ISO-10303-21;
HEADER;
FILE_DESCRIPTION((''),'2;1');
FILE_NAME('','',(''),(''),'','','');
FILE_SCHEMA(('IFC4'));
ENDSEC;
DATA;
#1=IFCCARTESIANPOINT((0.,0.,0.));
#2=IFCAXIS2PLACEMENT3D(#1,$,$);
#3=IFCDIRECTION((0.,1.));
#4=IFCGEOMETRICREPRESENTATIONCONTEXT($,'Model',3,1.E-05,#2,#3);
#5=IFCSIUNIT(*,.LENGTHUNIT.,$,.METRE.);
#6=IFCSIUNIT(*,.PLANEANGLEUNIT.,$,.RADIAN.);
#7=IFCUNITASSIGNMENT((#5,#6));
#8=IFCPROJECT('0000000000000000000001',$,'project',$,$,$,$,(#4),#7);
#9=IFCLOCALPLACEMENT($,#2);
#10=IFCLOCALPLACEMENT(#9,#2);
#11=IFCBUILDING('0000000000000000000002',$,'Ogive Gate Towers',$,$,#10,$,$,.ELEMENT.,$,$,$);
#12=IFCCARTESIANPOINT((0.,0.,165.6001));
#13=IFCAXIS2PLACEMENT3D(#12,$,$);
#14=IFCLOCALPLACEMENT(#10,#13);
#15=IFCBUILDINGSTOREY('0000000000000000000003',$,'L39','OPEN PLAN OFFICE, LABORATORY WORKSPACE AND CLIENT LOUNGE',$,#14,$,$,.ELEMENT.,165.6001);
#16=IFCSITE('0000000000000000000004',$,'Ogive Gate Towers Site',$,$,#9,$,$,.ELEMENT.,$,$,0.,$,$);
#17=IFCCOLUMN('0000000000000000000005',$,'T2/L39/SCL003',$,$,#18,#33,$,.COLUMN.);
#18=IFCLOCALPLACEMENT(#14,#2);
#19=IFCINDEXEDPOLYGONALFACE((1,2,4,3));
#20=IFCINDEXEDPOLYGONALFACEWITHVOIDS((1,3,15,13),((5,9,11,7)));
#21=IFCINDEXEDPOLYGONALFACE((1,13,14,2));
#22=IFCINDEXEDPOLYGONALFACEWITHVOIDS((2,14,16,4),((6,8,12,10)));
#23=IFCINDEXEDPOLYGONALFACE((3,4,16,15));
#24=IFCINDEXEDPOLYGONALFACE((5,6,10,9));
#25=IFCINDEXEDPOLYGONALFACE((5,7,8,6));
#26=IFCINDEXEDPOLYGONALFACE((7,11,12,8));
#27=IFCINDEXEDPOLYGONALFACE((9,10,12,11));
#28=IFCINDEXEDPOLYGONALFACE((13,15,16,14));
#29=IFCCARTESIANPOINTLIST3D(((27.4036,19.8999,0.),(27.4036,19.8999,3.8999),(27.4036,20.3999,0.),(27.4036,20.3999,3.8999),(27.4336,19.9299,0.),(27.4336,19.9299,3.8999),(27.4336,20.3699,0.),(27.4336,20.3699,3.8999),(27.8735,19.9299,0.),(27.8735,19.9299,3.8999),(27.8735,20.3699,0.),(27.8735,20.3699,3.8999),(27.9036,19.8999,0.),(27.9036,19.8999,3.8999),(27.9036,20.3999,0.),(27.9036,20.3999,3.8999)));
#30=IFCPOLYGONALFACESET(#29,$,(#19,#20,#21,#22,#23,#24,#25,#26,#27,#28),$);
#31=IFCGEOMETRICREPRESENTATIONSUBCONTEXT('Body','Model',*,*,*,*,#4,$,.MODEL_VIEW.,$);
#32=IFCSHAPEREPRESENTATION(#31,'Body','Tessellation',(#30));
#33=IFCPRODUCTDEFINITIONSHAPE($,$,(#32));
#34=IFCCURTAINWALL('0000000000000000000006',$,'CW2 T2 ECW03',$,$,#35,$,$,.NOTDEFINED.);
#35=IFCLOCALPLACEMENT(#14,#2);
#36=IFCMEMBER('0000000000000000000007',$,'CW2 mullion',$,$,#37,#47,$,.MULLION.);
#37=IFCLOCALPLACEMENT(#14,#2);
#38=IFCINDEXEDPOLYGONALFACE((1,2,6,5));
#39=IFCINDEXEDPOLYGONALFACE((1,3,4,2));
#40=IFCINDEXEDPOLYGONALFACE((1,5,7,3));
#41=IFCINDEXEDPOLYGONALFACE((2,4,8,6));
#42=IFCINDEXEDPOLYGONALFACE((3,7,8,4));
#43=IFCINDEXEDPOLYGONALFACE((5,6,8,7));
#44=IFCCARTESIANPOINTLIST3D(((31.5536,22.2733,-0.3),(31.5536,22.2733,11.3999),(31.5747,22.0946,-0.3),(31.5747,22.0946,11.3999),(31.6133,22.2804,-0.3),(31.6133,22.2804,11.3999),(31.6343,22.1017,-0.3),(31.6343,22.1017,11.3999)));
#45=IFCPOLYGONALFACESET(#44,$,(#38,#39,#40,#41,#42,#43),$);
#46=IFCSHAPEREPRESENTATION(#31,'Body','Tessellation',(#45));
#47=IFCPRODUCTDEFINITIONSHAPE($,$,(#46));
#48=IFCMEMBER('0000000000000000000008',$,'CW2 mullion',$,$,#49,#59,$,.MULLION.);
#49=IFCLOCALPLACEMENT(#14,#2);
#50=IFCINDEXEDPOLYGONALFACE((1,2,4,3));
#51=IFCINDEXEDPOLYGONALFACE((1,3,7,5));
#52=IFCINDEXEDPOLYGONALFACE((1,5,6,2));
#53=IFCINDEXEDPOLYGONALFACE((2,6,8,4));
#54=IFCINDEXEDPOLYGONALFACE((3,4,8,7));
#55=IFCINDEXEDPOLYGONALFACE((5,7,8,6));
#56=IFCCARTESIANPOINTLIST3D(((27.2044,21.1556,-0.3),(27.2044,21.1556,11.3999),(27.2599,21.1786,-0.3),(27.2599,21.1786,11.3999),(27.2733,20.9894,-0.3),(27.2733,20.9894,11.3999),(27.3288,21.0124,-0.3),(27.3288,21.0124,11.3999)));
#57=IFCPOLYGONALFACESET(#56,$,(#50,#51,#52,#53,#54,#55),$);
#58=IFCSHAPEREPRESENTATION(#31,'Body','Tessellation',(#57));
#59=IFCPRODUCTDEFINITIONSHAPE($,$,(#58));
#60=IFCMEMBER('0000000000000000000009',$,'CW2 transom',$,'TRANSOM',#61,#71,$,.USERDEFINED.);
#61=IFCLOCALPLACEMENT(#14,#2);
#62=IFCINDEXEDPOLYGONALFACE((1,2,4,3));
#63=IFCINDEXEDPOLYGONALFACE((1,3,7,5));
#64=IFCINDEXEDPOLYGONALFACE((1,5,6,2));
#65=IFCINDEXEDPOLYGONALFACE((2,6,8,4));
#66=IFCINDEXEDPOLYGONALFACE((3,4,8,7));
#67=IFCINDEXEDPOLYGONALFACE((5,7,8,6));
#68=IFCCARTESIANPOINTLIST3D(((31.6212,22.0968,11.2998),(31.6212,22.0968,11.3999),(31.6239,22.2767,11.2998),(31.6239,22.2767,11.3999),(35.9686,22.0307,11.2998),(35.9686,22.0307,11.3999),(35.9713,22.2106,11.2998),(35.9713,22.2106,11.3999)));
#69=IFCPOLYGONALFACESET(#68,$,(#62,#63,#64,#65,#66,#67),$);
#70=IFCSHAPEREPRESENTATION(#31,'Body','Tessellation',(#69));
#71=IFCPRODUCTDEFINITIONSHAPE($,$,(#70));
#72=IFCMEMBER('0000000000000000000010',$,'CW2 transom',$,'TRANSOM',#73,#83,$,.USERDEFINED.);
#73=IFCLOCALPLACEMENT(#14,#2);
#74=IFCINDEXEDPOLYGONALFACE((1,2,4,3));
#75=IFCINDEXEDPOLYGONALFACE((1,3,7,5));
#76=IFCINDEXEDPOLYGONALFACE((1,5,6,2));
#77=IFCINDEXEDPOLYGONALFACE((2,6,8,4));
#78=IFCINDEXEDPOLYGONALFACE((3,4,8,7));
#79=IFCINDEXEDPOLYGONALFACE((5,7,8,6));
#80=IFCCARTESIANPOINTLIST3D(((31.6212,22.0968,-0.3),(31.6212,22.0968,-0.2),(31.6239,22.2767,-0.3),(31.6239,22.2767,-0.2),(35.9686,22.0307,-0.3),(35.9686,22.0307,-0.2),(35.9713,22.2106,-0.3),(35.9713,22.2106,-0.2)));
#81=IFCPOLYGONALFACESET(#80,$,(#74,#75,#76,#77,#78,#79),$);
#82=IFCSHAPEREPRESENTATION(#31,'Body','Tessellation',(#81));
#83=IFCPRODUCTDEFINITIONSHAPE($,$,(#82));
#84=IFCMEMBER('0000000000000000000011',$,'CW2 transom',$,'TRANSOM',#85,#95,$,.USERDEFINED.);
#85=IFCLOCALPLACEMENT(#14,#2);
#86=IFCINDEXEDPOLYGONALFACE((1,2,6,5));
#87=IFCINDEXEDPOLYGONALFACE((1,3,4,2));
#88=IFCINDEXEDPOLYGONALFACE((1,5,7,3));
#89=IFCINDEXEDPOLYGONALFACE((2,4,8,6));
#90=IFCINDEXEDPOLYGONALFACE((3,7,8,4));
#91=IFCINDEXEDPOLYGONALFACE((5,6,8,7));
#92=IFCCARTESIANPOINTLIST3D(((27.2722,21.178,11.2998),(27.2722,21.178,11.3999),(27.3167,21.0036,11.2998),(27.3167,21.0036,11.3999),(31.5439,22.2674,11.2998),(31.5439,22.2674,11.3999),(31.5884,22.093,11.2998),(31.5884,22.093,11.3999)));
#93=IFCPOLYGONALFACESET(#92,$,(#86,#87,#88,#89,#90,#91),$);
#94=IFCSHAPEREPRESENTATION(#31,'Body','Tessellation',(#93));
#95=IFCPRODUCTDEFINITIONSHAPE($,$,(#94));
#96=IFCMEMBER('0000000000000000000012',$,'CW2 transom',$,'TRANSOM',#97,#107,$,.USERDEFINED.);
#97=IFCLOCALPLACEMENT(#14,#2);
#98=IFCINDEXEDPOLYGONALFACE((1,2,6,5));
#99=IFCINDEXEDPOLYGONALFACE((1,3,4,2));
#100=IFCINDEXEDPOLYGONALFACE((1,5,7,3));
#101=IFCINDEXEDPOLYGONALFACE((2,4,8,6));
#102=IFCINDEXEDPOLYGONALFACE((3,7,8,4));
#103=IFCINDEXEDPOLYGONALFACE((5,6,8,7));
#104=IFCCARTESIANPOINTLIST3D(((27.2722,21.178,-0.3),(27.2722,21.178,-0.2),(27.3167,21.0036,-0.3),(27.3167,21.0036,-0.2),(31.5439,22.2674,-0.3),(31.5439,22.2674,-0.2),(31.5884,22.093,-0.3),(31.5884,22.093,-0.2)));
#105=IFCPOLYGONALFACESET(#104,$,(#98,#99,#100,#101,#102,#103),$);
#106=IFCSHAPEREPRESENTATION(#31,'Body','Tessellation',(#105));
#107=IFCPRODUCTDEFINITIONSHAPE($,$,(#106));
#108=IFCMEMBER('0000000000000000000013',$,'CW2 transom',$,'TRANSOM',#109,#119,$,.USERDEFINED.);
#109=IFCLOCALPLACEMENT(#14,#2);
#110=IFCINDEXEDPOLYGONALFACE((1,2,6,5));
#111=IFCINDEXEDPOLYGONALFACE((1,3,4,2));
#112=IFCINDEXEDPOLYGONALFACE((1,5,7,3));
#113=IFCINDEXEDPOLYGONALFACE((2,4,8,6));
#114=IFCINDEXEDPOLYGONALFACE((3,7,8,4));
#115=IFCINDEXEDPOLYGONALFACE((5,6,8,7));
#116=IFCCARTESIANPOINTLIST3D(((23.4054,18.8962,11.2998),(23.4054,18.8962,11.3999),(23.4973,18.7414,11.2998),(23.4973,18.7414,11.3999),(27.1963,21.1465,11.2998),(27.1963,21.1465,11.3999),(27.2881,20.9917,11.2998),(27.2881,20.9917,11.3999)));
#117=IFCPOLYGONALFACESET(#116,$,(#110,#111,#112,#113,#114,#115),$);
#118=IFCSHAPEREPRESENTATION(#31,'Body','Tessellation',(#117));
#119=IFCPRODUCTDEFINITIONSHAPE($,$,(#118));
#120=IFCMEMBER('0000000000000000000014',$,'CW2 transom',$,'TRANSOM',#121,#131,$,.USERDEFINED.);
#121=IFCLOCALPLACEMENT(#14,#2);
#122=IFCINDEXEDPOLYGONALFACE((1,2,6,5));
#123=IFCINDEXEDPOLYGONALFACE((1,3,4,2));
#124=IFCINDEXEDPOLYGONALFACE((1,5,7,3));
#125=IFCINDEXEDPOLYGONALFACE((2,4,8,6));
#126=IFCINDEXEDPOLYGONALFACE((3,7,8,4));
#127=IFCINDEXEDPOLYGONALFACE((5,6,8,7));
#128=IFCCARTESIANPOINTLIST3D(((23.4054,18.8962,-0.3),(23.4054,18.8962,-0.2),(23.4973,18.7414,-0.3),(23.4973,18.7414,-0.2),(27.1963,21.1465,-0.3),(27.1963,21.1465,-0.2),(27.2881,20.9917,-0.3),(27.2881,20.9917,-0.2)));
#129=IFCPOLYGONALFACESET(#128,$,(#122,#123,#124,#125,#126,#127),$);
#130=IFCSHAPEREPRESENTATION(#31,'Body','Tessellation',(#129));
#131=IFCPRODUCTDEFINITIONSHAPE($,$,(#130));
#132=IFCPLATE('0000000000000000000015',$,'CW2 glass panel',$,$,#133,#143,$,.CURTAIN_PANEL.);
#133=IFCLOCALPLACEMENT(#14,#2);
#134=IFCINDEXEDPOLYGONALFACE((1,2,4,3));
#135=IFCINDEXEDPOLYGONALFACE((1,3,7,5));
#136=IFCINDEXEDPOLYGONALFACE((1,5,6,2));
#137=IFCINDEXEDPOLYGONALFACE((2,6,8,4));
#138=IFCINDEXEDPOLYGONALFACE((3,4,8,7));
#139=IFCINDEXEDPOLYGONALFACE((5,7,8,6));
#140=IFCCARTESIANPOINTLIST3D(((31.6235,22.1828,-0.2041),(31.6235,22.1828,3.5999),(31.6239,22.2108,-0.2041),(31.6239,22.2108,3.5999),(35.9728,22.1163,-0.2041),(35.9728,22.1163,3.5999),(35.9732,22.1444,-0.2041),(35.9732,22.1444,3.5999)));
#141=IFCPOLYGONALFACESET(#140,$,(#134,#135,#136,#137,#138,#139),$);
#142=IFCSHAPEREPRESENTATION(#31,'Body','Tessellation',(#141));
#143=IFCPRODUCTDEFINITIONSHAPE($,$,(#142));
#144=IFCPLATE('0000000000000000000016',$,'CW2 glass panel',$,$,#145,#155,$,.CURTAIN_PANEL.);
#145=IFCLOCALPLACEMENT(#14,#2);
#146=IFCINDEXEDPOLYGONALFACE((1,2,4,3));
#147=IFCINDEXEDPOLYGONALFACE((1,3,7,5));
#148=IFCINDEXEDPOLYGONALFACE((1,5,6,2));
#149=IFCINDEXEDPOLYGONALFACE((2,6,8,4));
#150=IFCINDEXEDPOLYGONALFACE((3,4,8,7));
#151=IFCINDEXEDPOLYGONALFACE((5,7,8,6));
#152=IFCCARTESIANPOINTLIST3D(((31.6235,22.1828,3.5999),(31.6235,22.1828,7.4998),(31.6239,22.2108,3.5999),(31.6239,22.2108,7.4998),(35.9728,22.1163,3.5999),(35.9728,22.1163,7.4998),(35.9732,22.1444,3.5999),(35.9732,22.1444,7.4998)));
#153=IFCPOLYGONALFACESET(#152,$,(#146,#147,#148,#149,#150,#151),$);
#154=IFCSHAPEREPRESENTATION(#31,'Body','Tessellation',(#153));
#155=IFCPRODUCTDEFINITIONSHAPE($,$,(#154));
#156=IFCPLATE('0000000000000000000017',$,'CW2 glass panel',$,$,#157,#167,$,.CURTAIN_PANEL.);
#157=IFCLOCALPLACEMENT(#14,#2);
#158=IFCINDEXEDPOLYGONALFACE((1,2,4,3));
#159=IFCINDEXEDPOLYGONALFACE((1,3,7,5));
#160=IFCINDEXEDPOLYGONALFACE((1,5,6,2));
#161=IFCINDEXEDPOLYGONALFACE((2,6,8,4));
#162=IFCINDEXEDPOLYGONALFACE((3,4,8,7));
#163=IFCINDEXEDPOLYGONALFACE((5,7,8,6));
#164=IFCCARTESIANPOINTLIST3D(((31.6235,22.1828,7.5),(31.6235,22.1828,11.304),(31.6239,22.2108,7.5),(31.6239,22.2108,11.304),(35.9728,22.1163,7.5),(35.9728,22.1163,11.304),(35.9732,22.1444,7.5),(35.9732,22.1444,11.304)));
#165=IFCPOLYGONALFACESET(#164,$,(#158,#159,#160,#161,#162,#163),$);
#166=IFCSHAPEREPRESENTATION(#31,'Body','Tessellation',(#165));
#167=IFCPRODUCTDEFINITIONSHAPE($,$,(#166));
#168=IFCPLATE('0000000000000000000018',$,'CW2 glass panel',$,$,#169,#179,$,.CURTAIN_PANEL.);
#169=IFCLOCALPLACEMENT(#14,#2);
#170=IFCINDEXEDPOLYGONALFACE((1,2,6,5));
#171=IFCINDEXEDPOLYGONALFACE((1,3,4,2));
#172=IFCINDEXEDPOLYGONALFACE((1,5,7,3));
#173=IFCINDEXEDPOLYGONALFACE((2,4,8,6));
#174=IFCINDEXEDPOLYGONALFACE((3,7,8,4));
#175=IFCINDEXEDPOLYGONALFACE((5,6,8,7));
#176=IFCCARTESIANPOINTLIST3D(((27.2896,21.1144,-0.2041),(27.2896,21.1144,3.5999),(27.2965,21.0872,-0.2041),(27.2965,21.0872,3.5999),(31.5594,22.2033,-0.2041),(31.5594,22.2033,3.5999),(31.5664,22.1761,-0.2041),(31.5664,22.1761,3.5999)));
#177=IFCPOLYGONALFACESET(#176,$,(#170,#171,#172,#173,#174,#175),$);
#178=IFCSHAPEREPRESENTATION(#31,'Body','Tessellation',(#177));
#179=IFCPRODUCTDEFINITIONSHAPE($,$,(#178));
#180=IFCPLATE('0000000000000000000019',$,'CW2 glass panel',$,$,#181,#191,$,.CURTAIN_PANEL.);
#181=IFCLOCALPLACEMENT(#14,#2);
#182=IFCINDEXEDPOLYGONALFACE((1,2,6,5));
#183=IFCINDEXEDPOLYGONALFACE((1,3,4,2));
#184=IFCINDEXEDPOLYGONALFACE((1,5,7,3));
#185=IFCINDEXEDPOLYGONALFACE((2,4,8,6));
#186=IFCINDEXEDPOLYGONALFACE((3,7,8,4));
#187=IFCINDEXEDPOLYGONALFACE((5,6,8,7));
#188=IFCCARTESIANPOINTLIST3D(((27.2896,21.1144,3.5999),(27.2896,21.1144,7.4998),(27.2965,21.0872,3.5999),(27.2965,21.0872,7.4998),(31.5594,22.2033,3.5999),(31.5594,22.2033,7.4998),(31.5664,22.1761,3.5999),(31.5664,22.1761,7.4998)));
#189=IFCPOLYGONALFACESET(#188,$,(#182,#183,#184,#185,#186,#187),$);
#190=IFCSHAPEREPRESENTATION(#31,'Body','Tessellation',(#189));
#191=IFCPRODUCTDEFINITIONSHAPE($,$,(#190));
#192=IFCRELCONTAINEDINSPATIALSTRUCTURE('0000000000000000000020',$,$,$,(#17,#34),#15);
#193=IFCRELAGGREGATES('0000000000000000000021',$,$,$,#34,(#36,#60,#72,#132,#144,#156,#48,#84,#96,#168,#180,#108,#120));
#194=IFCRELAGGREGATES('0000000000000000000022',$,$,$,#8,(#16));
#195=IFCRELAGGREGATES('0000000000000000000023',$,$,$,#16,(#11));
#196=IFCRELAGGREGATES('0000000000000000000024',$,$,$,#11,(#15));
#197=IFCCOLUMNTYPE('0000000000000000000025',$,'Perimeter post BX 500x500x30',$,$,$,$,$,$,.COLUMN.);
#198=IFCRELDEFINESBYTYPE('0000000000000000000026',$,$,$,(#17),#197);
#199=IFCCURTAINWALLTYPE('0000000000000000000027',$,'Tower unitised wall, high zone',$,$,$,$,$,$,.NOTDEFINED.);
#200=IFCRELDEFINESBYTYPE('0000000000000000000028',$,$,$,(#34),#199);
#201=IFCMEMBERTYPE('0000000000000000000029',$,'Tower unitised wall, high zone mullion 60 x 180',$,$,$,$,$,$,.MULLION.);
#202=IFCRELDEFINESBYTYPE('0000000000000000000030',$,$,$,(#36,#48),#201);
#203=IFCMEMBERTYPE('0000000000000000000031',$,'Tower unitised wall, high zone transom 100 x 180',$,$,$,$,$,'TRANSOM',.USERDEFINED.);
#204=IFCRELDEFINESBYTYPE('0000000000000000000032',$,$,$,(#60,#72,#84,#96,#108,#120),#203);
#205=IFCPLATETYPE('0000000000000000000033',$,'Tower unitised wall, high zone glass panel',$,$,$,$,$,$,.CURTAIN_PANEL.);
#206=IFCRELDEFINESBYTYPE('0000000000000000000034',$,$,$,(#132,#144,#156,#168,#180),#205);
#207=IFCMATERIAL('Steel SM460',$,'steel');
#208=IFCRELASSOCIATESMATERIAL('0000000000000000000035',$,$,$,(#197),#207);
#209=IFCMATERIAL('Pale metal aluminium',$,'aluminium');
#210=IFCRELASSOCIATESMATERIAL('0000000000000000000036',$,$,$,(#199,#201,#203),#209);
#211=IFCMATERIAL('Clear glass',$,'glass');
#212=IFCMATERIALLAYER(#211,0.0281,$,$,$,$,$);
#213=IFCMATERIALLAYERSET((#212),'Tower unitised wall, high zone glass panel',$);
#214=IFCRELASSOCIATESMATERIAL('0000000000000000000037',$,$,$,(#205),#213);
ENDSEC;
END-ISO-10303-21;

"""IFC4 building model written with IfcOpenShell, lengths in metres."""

from ifc_helpers import new_model, si_unit, direction, frame, origin, origin_2d, place, context, subcontext, project, spatial, rectangle, hollow_rectangle, extrude, material, layer, layer_set, material_profile, profile_set, type_object, element, aggregate, save


model = new_model("IFC4")

# Units and contexts
model_context = context("Model", 3, precision=1e-05, world=origin(), true_north=direction((0.0, 1.0)))
body_context = subcontext(model_context, "Body", "Model", "MODEL_VIEW")
ifc_project = project(units=[si_unit("LENGTHUNIT", "METRE"), si_unit("PLANEANGLEUNIT", "RADIAN")], contexts=[model_context])

# Site, building, storey
site_placement = place(None, origin())
site = spatial("IfcSite", under=ifc_project, at=site_placement, Name="Ogive Gate Towers Site", CompositionType="ELEMENT", RefElevation=0.0)
building_placement = place(site_placement, origin())
building = spatial("IfcBuilding", under=site, at=building_placement, Name="Ogive Gate Towers", CompositionType="ELEMENT")
storey_placement = place(building_placement, frame((0.0, 0.0, 165.6001)))
storey = spatial("IfcBuildingStorey", under=building, at=storey_placement, Name="L39", Description="OPEN PLAN OFFICE, LABORATORY WORKSPACE AND CLIENT LOUNGE", CompositionType="ELEMENT", Elevation=165.6001)

# Column
ifc_material_1 = material(Name="Steel SM460", Category="steel")
ifc_material_profile_1 = material_profile(ifc_material_1, hollow_rectangle(XDim=0.5, YDim=0.5, WallThickness=0.03, at=origin_2d()), Name="BX 500x500x30")
ifc_profile_set_1 = profile_set([ifc_material_profile_1], Name="Steel SM460")
column_type = type_object("IfcColumnType", Name="Perimeter post BX 500x500x30", PredefinedType="COLUMN", material=ifc_profile_set_1)
column_placement = place(storey_placement, frame((27.6536, 20.1499, 0.0), z_axis=(0.0, 0.0, 1.0), x_axis=(1.0, 0.0, 0.0)))
element("IfcColumn", 1, at=column_placement, inside=storey, type_object=column_type, Name="T2/L39/SCL003", PredefinedType="COLUMN", context=body_context, shape_type="SweptSolid", body=[
    extrude(hollow_rectangle(XDim=0.5, YDim=0.5, WallThickness=0.03, at=origin_2d()), origin(), (0.0, 0.0, 1.0), 3.8999),
])

# Curtain wall, members, plates
ifc_material_2 = material(Name="Pale metal aluminium", Category="aluminium")
curtain_wall_type = type_object("IfcCurtainWallType", Name="Tower unitised wall, high zone", PredefinedType="NOTDEFINED", material=ifc_material_2)
curtain_wall_placement = place(storey_placement, origin())
curtain_wall = element("IfcCurtainWall", 2, at=curtain_wall_placement, inside=storey, type_object=curtain_wall_type, Name="CW2 T2 ECW03", PredefinedType="NOTDEFINED")
ifc_material_profile_2 = material_profile(ifc_material_2, rectangle(XDim=0.1799, YDim=0.0601, at=origin_2d()), Name="60 x 180 aluminium box")
ifc_profile_set_2 = profile_set([ifc_material_profile_2], Name="Pale metal aluminium")
member_type_1 = type_object("IfcMemberType", Name="Tower unitised wall, high zone mullion 60 x 180", PredefinedType="MULLION", material=ifc_profile_set_2)
member_1_placement = place(storey_placement, frame((31.594, 22.1875, -0.3), z_axis=(0.0, 0.0, 1.0), x_axis=(-0.116948, 0.993138, 0.0)))
member_1 = element("IfcMember", 3, at=member_1_placement, type_object=member_type_1, Name="CW2 mullion", PredefinedType="MULLION", context=body_context, shape_type="SweptSolid", body=[
    extrude(rectangle(XDim=0.1799, YDim=0.0601, at=origin_2d()), origin(), (0.0, 0.0, 1.0), 11.7),
])
member_2_placement = place(storey_placement, frame((27.2666, 21.084, -0.3), z_axis=(0.0, 0.0, 1.0), x_axis=(-0.382683, 0.92388, 0.0)))
member_2 = element("IfcMember", 4, at=member_2_placement, type_object=member_type_1, Name="CW2 mullion", PredefinedType="MULLION", context=body_context, shape_type="SweptSolid", body=[
    extrude(rectangle(XDim=0.1799, YDim=0.0601, at=origin_2d()), origin(), (0.0, 0.0, 1.0), 11.7),
])
ifc_material_profile_3 = material_profile(ifc_material_2, rectangle(XDim=0.1799, YDim=0.1001, at=origin_2d()), Name="100 x 180 aluminium box")
ifc_profile_set_3 = profile_set([ifc_material_profile_3], Name="Pale metal aluminium")
member_type_2 = type_object("IfcMemberType", Name="Tower unitised wall, high zone transom 100 x 180", ElementType="TRANSOM", PredefinedType="USERDEFINED", material=ifc_profile_set_3)
member_3_placement = place(storey_placement, frame((35.97, 22.1206, 11.3499), z_axis=(-0.999884, 0.015217, 0.0), x_axis=(-0.015217, -0.999884, 0.0)))
member_3 = element("IfcMember", 5, at=member_3_placement, type_object=member_type_2, Name="CW2 transom", ObjectType="TRANSOM", PredefinedType="USERDEFINED", context=body_context, shape_type="SweptSolid", body=[
    extrude(rectangle(XDim=0.1799, YDim=0.1001, at=origin_2d()), origin(), (0.0, 0.0, 1.0), 4.3479),
])
member_4_placement = place(storey_placement, frame((35.97, 22.1206, -0.25), z_axis=(-0.999884, 0.015217, 0.0), x_axis=(-0.015217, -0.999884, 0.0)))
member_4 = element("IfcMember", 6, at=member_4_placement, type_object=member_type_2, Name="CW2 transom", ObjectType="TRANSOM", PredefinedType="USERDEFINED", context=body_context, shape_type="SweptSolid", body=[
    extrude(rectangle(XDim=0.1799, YDim=0.1001, at=origin_2d()), origin(), (0.0, 0.0, 1.0), 4.3479),
])
member_5_placement = place(storey_placement, frame((31.5662, 22.1802, 11.3499), z_axis=(-0.968988, -0.247107, 0.0), x_axis=(0.247107, -0.968988, 0.0)))
member_5 = element("IfcMember", 7, at=member_5_placement, type_object=member_type_2, Name="CW2 transom", ObjectType="TRANSOM", PredefinedType="USERDEFINED", context=body_context, shape_type="SweptSolid", body=[
    extrude(rectangle(XDim=0.1799, YDim=0.1001, at=origin_2d()), origin(), (0.0, 0.0, 1.0), 4.4084),
])
member_6_placement = place(storey_placement, frame((31.5662, 22.1802, -0.25), z_axis=(-0.968988, -0.247107, 0.0), x_axis=(0.247107, -0.968988, 0.0)))
member_6 = element("IfcMember", 8, at=member_6_placement, type_object=member_type_2, Name="CW2 transom", ObjectType="TRANSOM", PredefinedType="USERDEFINED", context=body_context, shape_type="SweptSolid", body=[
    extrude(rectangle(XDim=0.1799, YDim=0.1001, at=origin_2d()), origin(), (0.0, 0.0, 1.0), 4.4084),
])
member_7_placement = place(storey_placement, frame((27.2422, 21.0691, 11.3499), z_axis=(-0.859907, -0.51045, 0.0), x_axis=(0.51045, -0.859907, 0.0)))
member_7 = element("IfcMember", 9, at=member_7_placement, type_object=member_type_2, Name="CW2 transom", ObjectType="TRANSOM", PredefinedType="USERDEFINED", context=body_context, shape_type="SweptSolid", body=[
    extrude(rectangle(XDim=0.1799, YDim=0.1001, at=origin_2d()), origin(), (0.0, 0.0, 1.0), 4.4084),
])
member_8_placement = place(storey_placement, frame((27.2422, 21.0691, -0.25), z_axis=(-0.859907, -0.51045, 0.0), x_axis=(0.51045, -0.859907, 0.0)))
member_8 = element("IfcMember", 10, at=member_8_placement, type_object=member_type_2, Name="CW2 transom", ObjectType="TRANSOM", PredefinedType="USERDEFINED", context=body_context, shape_type="SweptSolid", body=[
    extrude(rectangle(XDim=0.1799, YDim=0.1001, at=origin_2d()), origin(), (0.0, 0.0, 1.0), 4.4084),
])
ifc_material_3 = material(Name="Clear glass", Category="glass")
ifc_layer_1 = layer(ifc_material_3, 0.0281)
ifc_layer_set_1 = layer_set([ifc_layer_1], Name="Tower unitised wall, high zone glass panel")
plate_type = type_object("IfcPlateType", Name="Tower unitised wall, high zone glass panel", PredefinedType="CURTAIN_PANEL", material=ifc_layer_set_1)
plate_1_placement = place(storey_placement, frame((33.7983, 22.1636, -0.2041), z_axis=(0.0, 0.0, 1.0), x_axis=(-0.999883, 0.015271, 0.0)))
plate_1 = element("IfcPlate", 11, at=plate_1_placement, type_object=plate_type, Name="CW2 glass panel", PredefinedType="CURTAIN_PANEL", context=body_context, shape_type="SweptSolid", body=[
    extrude(rectangle(XDim=4.3499, YDim=0.0281, at=origin_2d()), origin(), (0.0, 0.0, 1.0), 3.804),
])
plate_2_placement = place(storey_placement, frame((33.7983, 22.1636, 3.5999), z_axis=(0.0, 0.0, 1.0), x_axis=(-0.999883, 0.015271, 0.0)))
plate_2 = element("IfcPlate", 12, at=plate_2_placement, type_object=plate_type, Name="CW2 glass panel", PredefinedType="CURTAIN_PANEL", context=body_context, shape_type="SweptSolid", body=[
    extrude(rectangle(XDim=4.3499, YDim=0.0281, at=origin_2d()), origin(), (0.0, 0.0, 1.0), 3.8999),
])
plate_3_placement = place(storey_placement, frame((33.7983, 22.1636, 7.5), z_axis=(0.0, 0.0, 1.0), x_axis=(-0.999883, 0.015271, 0.0)))
plate_3 = element("IfcPlate", 13, at=plate_3_placement, type_object=plate_type, Name="CW2 glass panel", PredefinedType="CURTAIN_PANEL", context=body_context, shape_type="SweptSolid", body=[
    extrude(rectangle(XDim=4.3499, YDim=0.0281, at=origin_2d()), origin(), (0.0, 0.0, 1.0), 3.804),
])
plate_4_placement = place(storey_placement, frame((29.428, 21.6453, -0.2041), z_axis=(0.0, 0.0, 1.0), x_axis=(-0.96899, -0.2471, 0.0)))
plate_4 = element("IfcPlate", 14, at=plate_4_placement, type_object=plate_type, Name="CW2 glass panel", PredefinedType="CURTAIN_PANEL", context=body_context, shape_type="SweptSolid", body=[
    extrude(rectangle(XDim=4.4065, YDim=0.0281, at=origin_2d()), origin(), (0.0, 0.0, 1.0), 3.804),
])
plate_5_placement = place(storey_placement, frame((29.428, 21.6453, 3.5999), z_axis=(0.0, 0.0, 1.0), x_axis=(-0.96899, -0.2471, 0.0)))
plate_5 = element("IfcPlate", 15, at=plate_5_placement, type_object=plate_type, Name="CW2 glass panel", PredefinedType="CURTAIN_PANEL", context=body_context, shape_type="SweptSolid", body=[
    extrude(rectangle(XDim=4.4065, YDim=0.0281, at=origin_2d()), origin(), (0.0, 0.0, 1.0), 3.8999),
])
aggregate(curtain_wall, [member_1, member_3, member_4, plate_1, plate_2, plate_3, member_2, member_5, member_6, plate_4, plate_5, member_7, member_8])

save(model, "model.ifc")
